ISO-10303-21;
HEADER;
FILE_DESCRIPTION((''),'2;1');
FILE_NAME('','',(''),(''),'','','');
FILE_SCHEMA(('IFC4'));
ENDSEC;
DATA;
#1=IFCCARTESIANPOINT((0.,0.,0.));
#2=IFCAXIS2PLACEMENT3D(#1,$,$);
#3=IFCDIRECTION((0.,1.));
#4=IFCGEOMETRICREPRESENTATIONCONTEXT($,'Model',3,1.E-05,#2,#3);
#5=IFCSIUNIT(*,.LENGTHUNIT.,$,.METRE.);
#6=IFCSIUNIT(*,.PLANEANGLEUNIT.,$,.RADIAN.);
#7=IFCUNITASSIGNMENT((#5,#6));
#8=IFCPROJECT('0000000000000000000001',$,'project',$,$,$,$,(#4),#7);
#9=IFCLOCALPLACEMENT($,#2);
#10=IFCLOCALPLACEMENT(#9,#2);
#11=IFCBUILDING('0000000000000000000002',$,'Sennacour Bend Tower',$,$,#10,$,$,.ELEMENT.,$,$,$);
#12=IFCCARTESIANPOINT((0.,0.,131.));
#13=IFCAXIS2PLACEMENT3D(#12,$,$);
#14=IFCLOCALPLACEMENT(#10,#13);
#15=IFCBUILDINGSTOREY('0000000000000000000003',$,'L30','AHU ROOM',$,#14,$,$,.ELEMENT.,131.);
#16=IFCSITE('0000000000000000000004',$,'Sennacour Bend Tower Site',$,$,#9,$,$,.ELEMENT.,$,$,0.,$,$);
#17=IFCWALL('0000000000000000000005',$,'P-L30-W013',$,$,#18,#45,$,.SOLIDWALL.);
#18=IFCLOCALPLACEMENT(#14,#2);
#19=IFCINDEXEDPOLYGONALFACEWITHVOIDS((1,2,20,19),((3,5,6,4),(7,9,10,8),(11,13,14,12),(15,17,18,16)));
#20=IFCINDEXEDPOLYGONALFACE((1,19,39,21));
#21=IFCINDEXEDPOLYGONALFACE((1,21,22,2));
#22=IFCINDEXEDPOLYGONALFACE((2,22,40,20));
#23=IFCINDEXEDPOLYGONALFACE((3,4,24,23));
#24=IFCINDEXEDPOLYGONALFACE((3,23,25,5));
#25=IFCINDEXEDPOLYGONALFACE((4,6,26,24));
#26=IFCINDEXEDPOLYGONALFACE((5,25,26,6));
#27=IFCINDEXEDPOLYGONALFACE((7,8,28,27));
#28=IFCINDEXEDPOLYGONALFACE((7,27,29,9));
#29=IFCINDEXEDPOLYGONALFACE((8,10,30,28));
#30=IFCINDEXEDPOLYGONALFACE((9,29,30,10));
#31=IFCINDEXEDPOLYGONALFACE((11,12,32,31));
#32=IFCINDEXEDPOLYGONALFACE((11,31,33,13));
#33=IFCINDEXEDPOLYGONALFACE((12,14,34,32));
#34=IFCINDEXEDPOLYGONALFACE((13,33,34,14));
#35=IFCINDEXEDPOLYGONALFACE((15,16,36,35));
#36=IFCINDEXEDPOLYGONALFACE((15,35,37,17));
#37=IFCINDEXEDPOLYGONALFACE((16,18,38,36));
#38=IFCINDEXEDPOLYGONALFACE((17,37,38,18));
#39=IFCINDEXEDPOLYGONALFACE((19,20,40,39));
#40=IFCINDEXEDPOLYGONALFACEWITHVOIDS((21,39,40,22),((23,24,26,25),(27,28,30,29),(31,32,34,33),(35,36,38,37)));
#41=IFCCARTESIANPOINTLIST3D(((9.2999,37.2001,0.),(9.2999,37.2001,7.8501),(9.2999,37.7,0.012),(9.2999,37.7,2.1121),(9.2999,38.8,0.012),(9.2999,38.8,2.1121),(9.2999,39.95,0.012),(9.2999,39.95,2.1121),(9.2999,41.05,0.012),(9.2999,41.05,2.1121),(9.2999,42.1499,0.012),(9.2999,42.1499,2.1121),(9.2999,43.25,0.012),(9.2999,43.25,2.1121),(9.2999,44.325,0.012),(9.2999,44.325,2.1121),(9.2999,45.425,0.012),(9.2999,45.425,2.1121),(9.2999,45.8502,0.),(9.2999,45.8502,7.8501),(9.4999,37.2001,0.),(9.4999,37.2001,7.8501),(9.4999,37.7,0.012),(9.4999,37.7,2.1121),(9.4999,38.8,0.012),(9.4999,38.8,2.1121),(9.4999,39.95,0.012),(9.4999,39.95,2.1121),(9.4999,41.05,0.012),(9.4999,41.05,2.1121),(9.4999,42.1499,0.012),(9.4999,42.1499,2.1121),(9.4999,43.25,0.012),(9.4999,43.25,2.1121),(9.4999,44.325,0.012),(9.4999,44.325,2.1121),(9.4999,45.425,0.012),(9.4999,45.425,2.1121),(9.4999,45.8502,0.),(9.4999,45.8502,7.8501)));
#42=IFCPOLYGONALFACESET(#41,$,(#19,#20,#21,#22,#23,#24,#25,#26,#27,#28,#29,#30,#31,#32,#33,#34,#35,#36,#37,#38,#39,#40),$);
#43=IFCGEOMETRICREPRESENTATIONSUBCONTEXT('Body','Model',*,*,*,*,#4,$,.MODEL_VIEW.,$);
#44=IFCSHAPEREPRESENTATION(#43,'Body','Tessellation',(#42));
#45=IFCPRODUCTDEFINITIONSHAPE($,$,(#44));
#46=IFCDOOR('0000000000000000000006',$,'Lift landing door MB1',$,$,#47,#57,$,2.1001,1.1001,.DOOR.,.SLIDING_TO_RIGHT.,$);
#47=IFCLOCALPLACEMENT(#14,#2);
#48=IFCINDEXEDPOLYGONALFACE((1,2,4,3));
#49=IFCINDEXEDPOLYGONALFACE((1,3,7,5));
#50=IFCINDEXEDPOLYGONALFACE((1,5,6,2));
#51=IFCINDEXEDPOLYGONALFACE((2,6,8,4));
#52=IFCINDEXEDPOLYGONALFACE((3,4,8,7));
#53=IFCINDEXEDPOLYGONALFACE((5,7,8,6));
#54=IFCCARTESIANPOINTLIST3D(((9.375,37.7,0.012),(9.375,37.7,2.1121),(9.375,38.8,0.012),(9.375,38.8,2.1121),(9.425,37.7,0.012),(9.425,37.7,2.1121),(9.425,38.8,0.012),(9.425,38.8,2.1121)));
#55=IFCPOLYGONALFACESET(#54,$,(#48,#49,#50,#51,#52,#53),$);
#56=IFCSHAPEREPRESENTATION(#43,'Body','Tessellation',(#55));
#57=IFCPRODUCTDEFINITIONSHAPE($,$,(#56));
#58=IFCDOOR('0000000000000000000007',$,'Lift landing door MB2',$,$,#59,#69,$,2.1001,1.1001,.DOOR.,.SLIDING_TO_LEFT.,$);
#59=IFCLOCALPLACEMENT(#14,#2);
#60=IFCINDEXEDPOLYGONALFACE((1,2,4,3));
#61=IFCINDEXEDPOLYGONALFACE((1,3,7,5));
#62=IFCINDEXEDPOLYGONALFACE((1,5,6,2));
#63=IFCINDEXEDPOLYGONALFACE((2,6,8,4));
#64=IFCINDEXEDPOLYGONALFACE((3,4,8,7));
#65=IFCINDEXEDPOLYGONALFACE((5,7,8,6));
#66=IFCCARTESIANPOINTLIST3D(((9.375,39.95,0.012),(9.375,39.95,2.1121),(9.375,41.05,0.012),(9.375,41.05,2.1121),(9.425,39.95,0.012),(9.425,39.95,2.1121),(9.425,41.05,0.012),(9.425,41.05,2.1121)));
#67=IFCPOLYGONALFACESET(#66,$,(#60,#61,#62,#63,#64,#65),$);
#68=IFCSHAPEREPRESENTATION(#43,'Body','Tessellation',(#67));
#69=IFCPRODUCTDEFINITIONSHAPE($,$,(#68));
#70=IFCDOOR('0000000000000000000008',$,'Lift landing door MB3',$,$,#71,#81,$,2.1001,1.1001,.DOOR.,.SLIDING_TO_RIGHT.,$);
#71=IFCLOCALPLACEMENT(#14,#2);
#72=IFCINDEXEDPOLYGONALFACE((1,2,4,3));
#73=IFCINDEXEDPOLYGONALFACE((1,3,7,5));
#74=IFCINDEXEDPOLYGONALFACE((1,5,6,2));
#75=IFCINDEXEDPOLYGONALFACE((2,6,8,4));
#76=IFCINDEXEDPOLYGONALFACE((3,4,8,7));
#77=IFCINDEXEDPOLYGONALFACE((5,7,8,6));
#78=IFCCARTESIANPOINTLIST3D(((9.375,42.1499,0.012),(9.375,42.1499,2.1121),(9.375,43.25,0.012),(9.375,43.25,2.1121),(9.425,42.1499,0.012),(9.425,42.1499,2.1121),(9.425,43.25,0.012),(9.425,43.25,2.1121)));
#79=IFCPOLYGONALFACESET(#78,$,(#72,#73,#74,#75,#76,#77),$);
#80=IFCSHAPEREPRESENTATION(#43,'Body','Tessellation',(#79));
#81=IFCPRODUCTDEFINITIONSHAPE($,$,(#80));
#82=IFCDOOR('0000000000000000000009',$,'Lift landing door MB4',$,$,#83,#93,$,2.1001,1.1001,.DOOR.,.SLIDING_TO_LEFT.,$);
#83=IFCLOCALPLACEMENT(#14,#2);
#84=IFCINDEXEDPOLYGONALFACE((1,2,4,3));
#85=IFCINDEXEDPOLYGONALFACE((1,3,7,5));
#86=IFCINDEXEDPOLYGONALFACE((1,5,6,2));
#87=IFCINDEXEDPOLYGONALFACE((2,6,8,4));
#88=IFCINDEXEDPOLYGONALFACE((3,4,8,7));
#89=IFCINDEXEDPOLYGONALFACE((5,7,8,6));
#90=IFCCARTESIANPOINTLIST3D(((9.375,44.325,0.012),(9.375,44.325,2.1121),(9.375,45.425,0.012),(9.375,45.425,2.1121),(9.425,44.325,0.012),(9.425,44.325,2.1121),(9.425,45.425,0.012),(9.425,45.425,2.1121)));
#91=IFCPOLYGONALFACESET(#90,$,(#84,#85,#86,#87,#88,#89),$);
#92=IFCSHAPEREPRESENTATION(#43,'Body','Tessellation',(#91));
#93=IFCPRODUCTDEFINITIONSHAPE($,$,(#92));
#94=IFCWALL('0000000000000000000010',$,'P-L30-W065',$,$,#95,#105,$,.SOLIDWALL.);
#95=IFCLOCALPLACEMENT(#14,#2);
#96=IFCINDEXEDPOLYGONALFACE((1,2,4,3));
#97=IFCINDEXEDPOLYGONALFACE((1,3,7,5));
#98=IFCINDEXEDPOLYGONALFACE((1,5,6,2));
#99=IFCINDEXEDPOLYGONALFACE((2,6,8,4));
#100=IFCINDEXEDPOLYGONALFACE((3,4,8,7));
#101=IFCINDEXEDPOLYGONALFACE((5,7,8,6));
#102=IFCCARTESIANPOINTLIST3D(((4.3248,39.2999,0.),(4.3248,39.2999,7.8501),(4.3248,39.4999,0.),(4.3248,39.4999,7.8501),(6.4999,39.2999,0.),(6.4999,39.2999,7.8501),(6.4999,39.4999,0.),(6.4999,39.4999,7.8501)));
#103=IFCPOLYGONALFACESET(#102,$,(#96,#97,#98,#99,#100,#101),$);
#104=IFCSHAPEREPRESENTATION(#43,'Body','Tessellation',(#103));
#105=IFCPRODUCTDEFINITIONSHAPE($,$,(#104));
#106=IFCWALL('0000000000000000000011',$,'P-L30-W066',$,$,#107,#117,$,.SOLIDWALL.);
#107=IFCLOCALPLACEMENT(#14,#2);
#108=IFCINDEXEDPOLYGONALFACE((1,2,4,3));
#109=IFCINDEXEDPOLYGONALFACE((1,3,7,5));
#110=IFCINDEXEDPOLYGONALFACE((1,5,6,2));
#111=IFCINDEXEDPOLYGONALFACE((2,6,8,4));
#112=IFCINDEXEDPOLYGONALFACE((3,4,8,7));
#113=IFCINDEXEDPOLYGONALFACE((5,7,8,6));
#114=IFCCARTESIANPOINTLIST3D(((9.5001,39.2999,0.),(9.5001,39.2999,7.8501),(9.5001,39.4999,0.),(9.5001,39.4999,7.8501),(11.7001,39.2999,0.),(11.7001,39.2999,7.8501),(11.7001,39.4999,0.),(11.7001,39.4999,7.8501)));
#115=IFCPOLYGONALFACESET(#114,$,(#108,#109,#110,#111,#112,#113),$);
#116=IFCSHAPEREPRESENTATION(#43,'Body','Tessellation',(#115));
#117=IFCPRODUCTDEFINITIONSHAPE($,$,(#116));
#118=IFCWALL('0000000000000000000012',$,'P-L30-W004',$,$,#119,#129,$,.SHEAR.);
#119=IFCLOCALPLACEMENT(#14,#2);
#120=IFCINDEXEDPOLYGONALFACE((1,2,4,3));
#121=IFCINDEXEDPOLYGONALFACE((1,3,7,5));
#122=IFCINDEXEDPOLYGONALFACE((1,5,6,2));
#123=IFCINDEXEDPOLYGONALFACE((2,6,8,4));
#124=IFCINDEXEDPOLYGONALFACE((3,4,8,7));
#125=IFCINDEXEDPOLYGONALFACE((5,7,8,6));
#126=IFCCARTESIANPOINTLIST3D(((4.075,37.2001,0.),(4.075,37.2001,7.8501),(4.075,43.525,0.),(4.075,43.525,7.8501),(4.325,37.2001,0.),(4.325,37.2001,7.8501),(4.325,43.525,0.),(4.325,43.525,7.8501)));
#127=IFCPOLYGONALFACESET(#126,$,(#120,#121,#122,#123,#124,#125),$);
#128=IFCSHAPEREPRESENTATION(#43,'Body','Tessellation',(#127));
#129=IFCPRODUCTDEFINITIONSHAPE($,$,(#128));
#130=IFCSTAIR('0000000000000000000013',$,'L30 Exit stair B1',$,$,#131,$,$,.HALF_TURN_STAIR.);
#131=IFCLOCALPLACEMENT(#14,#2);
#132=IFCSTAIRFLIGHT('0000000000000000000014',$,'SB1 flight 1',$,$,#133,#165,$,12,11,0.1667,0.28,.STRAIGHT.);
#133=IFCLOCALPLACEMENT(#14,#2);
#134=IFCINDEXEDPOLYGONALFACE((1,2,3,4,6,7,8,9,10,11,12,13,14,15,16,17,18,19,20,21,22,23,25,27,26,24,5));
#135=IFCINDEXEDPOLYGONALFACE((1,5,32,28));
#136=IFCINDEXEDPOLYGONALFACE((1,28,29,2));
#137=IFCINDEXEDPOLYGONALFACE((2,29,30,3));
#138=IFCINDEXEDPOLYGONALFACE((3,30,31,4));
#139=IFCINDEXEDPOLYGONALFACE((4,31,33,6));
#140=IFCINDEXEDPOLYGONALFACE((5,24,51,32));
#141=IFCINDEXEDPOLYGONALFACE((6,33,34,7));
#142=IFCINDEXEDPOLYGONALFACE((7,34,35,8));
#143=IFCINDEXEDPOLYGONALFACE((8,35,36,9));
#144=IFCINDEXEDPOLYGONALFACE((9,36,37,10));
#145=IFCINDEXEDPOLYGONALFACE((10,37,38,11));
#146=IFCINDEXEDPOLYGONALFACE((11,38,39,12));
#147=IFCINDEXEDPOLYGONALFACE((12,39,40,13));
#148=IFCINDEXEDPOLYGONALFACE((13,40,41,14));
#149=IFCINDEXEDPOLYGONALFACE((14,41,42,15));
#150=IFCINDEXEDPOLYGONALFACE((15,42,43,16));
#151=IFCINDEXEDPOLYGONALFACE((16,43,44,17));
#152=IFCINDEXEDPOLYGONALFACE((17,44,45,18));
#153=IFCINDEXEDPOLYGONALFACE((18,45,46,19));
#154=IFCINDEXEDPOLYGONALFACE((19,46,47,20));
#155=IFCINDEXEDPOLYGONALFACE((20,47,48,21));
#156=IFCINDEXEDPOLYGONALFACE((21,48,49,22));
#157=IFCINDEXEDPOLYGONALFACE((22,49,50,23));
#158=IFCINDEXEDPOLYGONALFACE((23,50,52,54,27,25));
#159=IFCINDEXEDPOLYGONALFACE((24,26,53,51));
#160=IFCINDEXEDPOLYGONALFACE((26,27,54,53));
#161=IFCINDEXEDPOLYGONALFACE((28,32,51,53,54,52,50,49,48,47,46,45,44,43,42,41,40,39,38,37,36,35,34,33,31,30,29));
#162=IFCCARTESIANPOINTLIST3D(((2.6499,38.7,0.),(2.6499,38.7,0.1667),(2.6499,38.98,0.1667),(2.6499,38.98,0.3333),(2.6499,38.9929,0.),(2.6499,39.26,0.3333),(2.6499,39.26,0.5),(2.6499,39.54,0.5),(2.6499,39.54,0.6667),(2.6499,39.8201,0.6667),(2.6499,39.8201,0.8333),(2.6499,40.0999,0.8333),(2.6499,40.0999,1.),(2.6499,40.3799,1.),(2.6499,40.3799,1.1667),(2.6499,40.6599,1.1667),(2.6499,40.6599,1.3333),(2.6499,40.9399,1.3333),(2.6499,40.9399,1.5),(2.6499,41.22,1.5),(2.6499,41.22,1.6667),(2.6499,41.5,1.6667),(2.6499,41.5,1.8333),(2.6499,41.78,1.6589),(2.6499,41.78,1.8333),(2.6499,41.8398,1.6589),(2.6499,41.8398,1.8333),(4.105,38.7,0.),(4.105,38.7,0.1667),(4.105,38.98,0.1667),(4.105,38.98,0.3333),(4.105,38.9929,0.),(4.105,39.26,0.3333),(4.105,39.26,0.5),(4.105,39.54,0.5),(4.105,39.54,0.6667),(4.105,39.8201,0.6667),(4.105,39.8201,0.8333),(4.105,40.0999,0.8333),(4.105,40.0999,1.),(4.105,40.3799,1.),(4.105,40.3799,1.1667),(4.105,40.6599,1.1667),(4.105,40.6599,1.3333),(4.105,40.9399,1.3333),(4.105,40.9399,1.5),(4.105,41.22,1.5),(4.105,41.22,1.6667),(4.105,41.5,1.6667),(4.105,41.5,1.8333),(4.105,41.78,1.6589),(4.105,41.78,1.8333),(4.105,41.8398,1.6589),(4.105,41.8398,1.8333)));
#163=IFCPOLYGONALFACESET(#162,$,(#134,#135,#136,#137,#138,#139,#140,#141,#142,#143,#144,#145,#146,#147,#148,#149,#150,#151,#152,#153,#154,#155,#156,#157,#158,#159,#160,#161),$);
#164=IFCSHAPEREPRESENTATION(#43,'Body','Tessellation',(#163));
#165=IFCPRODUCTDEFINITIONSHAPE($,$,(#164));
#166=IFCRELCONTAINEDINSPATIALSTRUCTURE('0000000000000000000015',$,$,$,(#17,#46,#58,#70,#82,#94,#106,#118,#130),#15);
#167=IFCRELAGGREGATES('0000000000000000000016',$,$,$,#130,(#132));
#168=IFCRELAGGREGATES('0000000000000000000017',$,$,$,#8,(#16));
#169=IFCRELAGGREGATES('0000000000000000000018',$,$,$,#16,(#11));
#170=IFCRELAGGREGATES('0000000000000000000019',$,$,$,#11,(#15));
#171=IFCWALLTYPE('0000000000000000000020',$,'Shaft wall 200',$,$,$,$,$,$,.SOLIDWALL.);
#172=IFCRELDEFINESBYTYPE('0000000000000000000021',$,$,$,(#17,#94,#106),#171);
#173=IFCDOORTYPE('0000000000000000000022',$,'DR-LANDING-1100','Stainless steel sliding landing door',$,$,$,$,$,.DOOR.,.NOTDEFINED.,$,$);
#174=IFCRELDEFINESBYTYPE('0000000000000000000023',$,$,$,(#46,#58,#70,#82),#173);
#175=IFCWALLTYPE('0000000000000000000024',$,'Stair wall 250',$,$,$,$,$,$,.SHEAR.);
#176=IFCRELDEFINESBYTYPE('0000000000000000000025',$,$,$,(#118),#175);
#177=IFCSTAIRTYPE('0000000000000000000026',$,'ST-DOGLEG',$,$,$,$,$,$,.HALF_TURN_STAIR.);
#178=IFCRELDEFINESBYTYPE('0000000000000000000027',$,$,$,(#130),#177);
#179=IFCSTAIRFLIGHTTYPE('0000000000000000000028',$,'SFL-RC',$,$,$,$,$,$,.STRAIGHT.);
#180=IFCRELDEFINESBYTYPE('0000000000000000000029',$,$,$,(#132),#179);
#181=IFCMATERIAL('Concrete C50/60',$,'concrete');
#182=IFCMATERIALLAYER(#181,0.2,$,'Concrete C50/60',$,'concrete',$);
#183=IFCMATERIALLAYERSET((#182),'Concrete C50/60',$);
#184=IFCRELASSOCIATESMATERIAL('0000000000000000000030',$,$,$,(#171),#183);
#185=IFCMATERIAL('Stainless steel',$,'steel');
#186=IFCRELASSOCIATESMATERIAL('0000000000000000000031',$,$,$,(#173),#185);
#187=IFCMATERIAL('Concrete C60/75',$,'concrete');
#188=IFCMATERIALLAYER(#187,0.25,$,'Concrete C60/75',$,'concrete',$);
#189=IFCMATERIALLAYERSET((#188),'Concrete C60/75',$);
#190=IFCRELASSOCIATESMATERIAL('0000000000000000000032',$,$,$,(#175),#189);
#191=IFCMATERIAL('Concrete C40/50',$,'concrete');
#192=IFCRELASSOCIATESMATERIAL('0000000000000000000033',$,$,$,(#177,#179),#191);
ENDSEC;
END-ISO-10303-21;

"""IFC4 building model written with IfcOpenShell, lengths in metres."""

from ifc_helpers import new_model, si_unit, direction, frame, frame_2d, origin, place, context, subcontext, project, spatial, polyline, rectangle, outline, extrude, material, layer, layer_set, type_object, element, fill, aggregate, save


model = new_model("IFC4")

# Units and contexts
model_context = context("Model", 3, precision=1e-05, world=origin(), true_north=direction((0.0, 1.0)))
body_context = subcontext(model_context, "Body", "Model", "MODEL_VIEW")
ifc_project = project(units=[si_unit("LENGTHUNIT", "METRE"), si_unit("PLANEANGLEUNIT", "RADIAN")], contexts=[model_context])

# Site, building, storey
site_placement = place(None, origin())
site = spatial("IfcSite", under=ifc_project, at=site_placement, Name="Sennacour Bend Tower Site", CompositionType="ELEMENT", RefElevation=0.0)
building_placement = place(site_placement, origin())
building = spatial("IfcBuilding", under=site, at=building_placement, Name="Sennacour Bend Tower", CompositionType="ELEMENT")
storey_placement = place(building_placement, frame((0.0, 0.0, 131.0)))
storey = spatial("IfcBuildingStorey", under=building, at=storey_placement, Name="L30", Description="AHU ROOM", CompositionType="ELEMENT", Elevation=131.0)

# Wall, openings, doors
ifc_material_1 = material(Name="Concrete C50/60", Category="concrete")
ifc_layer_1 = layer(ifc_material_1, 0.2, Name="Concrete C50/60", Category="concrete")
ifc_layer_set_1 = layer_set([ifc_layer_1], Name="Concrete C50/60")
wall_type_1 = type_object("IfcWallType", Name="Shaft wall 200", PredefinedType="SOLIDWALL", material=ifc_layer_set_1)
ifc_material_2 = material(Name="Stainless steel", Category="steel")
door_type = type_object("IfcDoorType", Name="DR-LANDING-1100", Description="Stainless steel sliding landing door", OperationType="NOTDEFINED", PredefinedType="DOOR", material=ifc_material_2)
wall_1_placement = place(storey_placement, frame((9.3999, 37.2, 0.0), z_axis=(0.0, 0.0, 1.0), x_axis=(0.0, 1.0, 0.0)))
wall_1 = element("IfcWall", 1, at=wall_1_placement, inside=storey, type_object=wall_type_1, Name="P-L30-W013", PredefinedType="SOLIDWALL", context=body_context, shape_type="SweptSolid", body=[
    extrude(rectangle(XDim=8.6501, YDim=0.2, at=frame_2d((4.3252, 0.0))), origin(), (0.0, 0.0, 1.0), 7.8501),
])
opening_1_placement = place(wall_1_placement, frame((0.5, 0.0, 0.012)))
opening_1 = element("IfcOpeningElement", 2, at=opening_1_placement, cuts=wall_1, PredefinedType="OPENING", context=body_context, shape_type="SweptSolid", body=[
    extrude(rectangle(XDim=1.1001, YDim=2.1001, at=frame_2d((0.55, 1.05))), frame((0.0, 0.1099, 0.0), z_axis=(0.0, -1.0, 0.0), x_axis=(1.0, 0.0, 0.0)), (0.0, 0.0, 1.0), 0.22),
])
opening_2_placement = place(wall_1_placement, frame((2.75, 0.0, 0.012)))
opening_2 = element("IfcOpeningElement", 3, at=opening_2_placement, cuts=wall_1, PredefinedType="OPENING", context=body_context, shape_type="SweptSolid", body=[
    extrude(rectangle(XDim=1.1001, YDim=2.1001, at=frame_2d((0.55, 1.05))), frame((0.0, 0.1099, 0.0), z_axis=(0.0, -1.0, 0.0), x_axis=(1.0, 0.0, 0.0)), (0.0, 0.0, 1.0), 0.22),
])
opening_3_placement = place(wall_1_placement, frame((4.95, 0.0, 0.012)))
opening_3 = element("IfcOpeningElement", 4, at=opening_3_placement, cuts=wall_1, PredefinedType="OPENING", context=body_context, shape_type="SweptSolid", body=[
    extrude(rectangle(XDim=1.1001, YDim=2.1001, at=frame_2d((0.55, 1.05))), frame((0.0, 0.1099, 0.0), z_axis=(0.0, -1.0, 0.0), x_axis=(1.0, 0.0, 0.0)), (0.0, 0.0, 1.0), 0.22),
])
opening_4_placement = place(wall_1_placement, frame((7.125, 0.0, 0.012)))
opening_4 = element("IfcOpeningElement", 5, at=opening_4_placement, cuts=wall_1, PredefinedType="OPENING", context=body_context, shape_type="SweptSolid", body=[
    extrude(rectangle(XDim=1.1001, YDim=2.1001, at=frame_2d((0.55, 1.05))), frame((0.0, 0.1099, 0.0), z_axis=(0.0, -1.0, 0.0), x_axis=(1.0, 0.0, 0.0)), (0.0, 0.0, 1.0), 0.22),
])
door_1_placement = place(opening_1_placement, origin())
door_1 = element("IfcDoor", 6, at=door_1_placement, inside=storey, type_object=door_type, Name="Lift landing door MB1", OperationType="SLIDING_TO_RIGHT", OverallHeight=2.1001, OverallWidth=1.1001, PredefinedType="DOOR", context=body_context, shape_type="SweptSolid", body=[
    extrude(rectangle(XDim=1.1001, YDim=2.1001, at=frame_2d((0.55, 1.05))), frame((0.0, 0.0249, 0.0), z_axis=(0.0, -1.0, 0.0), x_axis=(1.0, 0.0, 0.0)), (0.0, 0.0, 1.0), 0.05),
])
fill(opening_1, door_1)
door_2_placement = place(opening_2_placement, origin())
door_2 = element("IfcDoor", 7, at=door_2_placement, inside=storey, type_object=door_type, Name="Lift landing door MB2", OperationType="SLIDING_TO_LEFT", OverallHeight=2.1001, OverallWidth=1.1001, PredefinedType="DOOR", context=body_context, shape_type="SweptSolid", body=[
    extrude(rectangle(XDim=1.1001, YDim=2.1001, at=frame_2d((0.55, 1.05))), frame((0.0, 0.0249, 0.0), z_axis=(0.0, -1.0, 0.0), x_axis=(1.0, 0.0, 0.0)), (0.0, 0.0, 1.0), 0.05),
])
fill(opening_2, door_2)
door_3_placement = place(opening_3_placement, origin())
door_3 = element("IfcDoor", 8, at=door_3_placement, inside=storey, type_object=door_type, Name="Lift landing door MB3", OperationType="SLIDING_TO_RIGHT", OverallHeight=2.1001, OverallWidth=1.1001, PredefinedType="DOOR", context=body_context, shape_type="SweptSolid", body=[
    extrude(rectangle(XDim=1.1001, YDim=2.1001, at=frame_2d((0.55, 1.05))), frame((0.0, 0.0249, 0.0), z_axis=(0.0, -1.0, 0.0), x_axis=(1.0, 0.0, 0.0)), (0.0, 0.0, 1.0), 0.05),
])
fill(opening_3, door_3)
door_4_placement = place(opening_4_placement, origin())
door_4 = element("IfcDoor", 9, at=door_4_placement, inside=storey, type_object=door_type, Name="Lift landing door MB4", OperationType="SLIDING_TO_LEFT", OverallHeight=2.1001, OverallWidth=1.1001, PredefinedType="DOOR", context=body_context, shape_type="SweptSolid", body=[
    extrude(rectangle(XDim=1.1001, YDim=2.1001, at=frame_2d((0.55, 1.05))), frame((0.0, 0.0249, 0.0), z_axis=(0.0, -1.0, 0.0), x_axis=(1.0, 0.0, 0.0)), (0.0, 0.0, 1.0), 0.05),
])
fill(opening_4, door_4)

# Walls
wall_2_placement = place(storey_placement, frame((4.325, 39.3999, 0.0), z_axis=(0.0, 0.0, 1.0), x_axis=(1.0, 0.0, 0.0)))
element("IfcWall", 10, at=wall_2_placement, inside=storey, type_object=wall_type_1, Name="P-L30-W065", PredefinedType="SOLIDWALL", context=body_context, shape_type="SweptSolid", body=[
    extrude(rectangle(XDim=2.175, YDim=0.2, at=frame_2d((1.0874, 0.0))), origin(), (0.0, 0.0, 1.0), 7.8501),
])
wall_3_placement = place(storey_placement, frame((9.5, 39.3999, 0.0), z_axis=(0.0, 0.0, 1.0), x_axis=(1.0, 0.0, 0.0)))
element("IfcWall", 11, at=wall_3_placement, inside=storey, type_object=wall_type_1, Name="P-L30-W066", PredefinedType="SOLIDWALL", context=body_context, shape_type="SweptSolid", body=[
    extrude(rectangle(XDim=2.2, YDim=0.2, at=frame_2d((1.1001, 0.0))), origin(), (0.0, 0.0, 1.0), 7.8501),
])
ifc_material_3 = material(Name="Concrete C60/75", Category="concrete")
ifc_layer_2 = layer(ifc_material_3, 0.25, Name="Concrete C60/75", Category="concrete")
ifc_layer_set_2 = layer_set([ifc_layer_2], Name="Concrete C60/75")
wall_type_2 = type_object("IfcWallType", Name="Stair wall 250", PredefinedType="SHEAR", material=ifc_layer_set_2)
wall_4_placement = place(storey_placement, frame((4.2, 37.2, 0.0), z_axis=(0.0, 0.0, 1.0), x_axis=(0.0, 1.0, 0.0)))
element("IfcWall", 12, at=wall_4_placement, inside=storey, type_object=wall_type_2, Name="P-L30-W004", PredefinedType="SHEAR", context=body_context, shape_type="SweptSolid", body=[
    extrude(rectangle(XDim=6.325, YDim=0.25, at=frame_2d((3.1626, 0.0))), origin(), (0.0, 0.0, 1.0), 7.8501),
])

# Stair, stair flight
ifc_material_4 = material(Name="Concrete C40/50", Category="concrete")
stair_type = type_object("IfcStairType", Name="ST-DOGLEG", PredefinedType="HALF_TURN_STAIR", material=ifc_material_4)
stair_placement = place(storey_placement, origin())
stair = element("IfcStair", 13, at=stair_placement, inside=storey, type_object=stair_type, Name="L30 Exit stair B1", PredefinedType="HALF_TURN_STAIR")
stair_flight_type = type_object("IfcStairFlightType", Name="SFL-RC", PredefinedType="STRAIGHT", material=ifc_material_4)
stair_flight_1_placement = place(storey_placement, frame((3.3774, 38.7, 0.0), z_axis=(0.0, 0.0, 1.0), x_axis=(0.0, 1.0, 0.0)))
stair_flight_1 = element("IfcStairFlight", 14, at=stair_flight_1_placement, type_object=stair_flight_type, Name="SB1 flight 1", NumberOfRisers=12, NumberOfTreads=11, PredefinedType="STRAIGHT", RiserHeight=0.1667, TreadLength=0.28, context=body_context, shape_type="SweptSolid", body=[
    extrude(outline(polyline([(0.0, 0.0), (0.0, 0.1667), (0.28, 0.1667), (0.28, 0.3333), (0.5601, 0.3333), (0.5601, 0.5), (0.8401, 0.5), (0.8401, 0.6667), (1.1201, 0.6667), (1.1201, 0.8333), (1.3999, 0.8333), (1.3999, 1.0), (1.6799, 1.0), (1.6799, 1.1667), (1.96, 1.1667), (1.96, 1.3333), (2.24, 1.3333), (2.24, 1.5), (2.52, 1.5), (2.52, 1.6667), (2.8, 1.6667), (2.8, 1.8333), (3.0801, 1.8333), (3.1399, 1.8333), (3.1399, 1.6589), (3.0801, 1.6589), (0.293, 0.0), (0.0, 0.0)])), frame((0.0, 0.7275, 0.0), z_axis=(0.0, -1.0, 0.0), x_axis=(1.0, 0.0, 0.0)), (0.0, 0.0, 1.0), 1.4551),
])
aggregate(stair, [stair_flight_1])

save(model, "model.ifc")
